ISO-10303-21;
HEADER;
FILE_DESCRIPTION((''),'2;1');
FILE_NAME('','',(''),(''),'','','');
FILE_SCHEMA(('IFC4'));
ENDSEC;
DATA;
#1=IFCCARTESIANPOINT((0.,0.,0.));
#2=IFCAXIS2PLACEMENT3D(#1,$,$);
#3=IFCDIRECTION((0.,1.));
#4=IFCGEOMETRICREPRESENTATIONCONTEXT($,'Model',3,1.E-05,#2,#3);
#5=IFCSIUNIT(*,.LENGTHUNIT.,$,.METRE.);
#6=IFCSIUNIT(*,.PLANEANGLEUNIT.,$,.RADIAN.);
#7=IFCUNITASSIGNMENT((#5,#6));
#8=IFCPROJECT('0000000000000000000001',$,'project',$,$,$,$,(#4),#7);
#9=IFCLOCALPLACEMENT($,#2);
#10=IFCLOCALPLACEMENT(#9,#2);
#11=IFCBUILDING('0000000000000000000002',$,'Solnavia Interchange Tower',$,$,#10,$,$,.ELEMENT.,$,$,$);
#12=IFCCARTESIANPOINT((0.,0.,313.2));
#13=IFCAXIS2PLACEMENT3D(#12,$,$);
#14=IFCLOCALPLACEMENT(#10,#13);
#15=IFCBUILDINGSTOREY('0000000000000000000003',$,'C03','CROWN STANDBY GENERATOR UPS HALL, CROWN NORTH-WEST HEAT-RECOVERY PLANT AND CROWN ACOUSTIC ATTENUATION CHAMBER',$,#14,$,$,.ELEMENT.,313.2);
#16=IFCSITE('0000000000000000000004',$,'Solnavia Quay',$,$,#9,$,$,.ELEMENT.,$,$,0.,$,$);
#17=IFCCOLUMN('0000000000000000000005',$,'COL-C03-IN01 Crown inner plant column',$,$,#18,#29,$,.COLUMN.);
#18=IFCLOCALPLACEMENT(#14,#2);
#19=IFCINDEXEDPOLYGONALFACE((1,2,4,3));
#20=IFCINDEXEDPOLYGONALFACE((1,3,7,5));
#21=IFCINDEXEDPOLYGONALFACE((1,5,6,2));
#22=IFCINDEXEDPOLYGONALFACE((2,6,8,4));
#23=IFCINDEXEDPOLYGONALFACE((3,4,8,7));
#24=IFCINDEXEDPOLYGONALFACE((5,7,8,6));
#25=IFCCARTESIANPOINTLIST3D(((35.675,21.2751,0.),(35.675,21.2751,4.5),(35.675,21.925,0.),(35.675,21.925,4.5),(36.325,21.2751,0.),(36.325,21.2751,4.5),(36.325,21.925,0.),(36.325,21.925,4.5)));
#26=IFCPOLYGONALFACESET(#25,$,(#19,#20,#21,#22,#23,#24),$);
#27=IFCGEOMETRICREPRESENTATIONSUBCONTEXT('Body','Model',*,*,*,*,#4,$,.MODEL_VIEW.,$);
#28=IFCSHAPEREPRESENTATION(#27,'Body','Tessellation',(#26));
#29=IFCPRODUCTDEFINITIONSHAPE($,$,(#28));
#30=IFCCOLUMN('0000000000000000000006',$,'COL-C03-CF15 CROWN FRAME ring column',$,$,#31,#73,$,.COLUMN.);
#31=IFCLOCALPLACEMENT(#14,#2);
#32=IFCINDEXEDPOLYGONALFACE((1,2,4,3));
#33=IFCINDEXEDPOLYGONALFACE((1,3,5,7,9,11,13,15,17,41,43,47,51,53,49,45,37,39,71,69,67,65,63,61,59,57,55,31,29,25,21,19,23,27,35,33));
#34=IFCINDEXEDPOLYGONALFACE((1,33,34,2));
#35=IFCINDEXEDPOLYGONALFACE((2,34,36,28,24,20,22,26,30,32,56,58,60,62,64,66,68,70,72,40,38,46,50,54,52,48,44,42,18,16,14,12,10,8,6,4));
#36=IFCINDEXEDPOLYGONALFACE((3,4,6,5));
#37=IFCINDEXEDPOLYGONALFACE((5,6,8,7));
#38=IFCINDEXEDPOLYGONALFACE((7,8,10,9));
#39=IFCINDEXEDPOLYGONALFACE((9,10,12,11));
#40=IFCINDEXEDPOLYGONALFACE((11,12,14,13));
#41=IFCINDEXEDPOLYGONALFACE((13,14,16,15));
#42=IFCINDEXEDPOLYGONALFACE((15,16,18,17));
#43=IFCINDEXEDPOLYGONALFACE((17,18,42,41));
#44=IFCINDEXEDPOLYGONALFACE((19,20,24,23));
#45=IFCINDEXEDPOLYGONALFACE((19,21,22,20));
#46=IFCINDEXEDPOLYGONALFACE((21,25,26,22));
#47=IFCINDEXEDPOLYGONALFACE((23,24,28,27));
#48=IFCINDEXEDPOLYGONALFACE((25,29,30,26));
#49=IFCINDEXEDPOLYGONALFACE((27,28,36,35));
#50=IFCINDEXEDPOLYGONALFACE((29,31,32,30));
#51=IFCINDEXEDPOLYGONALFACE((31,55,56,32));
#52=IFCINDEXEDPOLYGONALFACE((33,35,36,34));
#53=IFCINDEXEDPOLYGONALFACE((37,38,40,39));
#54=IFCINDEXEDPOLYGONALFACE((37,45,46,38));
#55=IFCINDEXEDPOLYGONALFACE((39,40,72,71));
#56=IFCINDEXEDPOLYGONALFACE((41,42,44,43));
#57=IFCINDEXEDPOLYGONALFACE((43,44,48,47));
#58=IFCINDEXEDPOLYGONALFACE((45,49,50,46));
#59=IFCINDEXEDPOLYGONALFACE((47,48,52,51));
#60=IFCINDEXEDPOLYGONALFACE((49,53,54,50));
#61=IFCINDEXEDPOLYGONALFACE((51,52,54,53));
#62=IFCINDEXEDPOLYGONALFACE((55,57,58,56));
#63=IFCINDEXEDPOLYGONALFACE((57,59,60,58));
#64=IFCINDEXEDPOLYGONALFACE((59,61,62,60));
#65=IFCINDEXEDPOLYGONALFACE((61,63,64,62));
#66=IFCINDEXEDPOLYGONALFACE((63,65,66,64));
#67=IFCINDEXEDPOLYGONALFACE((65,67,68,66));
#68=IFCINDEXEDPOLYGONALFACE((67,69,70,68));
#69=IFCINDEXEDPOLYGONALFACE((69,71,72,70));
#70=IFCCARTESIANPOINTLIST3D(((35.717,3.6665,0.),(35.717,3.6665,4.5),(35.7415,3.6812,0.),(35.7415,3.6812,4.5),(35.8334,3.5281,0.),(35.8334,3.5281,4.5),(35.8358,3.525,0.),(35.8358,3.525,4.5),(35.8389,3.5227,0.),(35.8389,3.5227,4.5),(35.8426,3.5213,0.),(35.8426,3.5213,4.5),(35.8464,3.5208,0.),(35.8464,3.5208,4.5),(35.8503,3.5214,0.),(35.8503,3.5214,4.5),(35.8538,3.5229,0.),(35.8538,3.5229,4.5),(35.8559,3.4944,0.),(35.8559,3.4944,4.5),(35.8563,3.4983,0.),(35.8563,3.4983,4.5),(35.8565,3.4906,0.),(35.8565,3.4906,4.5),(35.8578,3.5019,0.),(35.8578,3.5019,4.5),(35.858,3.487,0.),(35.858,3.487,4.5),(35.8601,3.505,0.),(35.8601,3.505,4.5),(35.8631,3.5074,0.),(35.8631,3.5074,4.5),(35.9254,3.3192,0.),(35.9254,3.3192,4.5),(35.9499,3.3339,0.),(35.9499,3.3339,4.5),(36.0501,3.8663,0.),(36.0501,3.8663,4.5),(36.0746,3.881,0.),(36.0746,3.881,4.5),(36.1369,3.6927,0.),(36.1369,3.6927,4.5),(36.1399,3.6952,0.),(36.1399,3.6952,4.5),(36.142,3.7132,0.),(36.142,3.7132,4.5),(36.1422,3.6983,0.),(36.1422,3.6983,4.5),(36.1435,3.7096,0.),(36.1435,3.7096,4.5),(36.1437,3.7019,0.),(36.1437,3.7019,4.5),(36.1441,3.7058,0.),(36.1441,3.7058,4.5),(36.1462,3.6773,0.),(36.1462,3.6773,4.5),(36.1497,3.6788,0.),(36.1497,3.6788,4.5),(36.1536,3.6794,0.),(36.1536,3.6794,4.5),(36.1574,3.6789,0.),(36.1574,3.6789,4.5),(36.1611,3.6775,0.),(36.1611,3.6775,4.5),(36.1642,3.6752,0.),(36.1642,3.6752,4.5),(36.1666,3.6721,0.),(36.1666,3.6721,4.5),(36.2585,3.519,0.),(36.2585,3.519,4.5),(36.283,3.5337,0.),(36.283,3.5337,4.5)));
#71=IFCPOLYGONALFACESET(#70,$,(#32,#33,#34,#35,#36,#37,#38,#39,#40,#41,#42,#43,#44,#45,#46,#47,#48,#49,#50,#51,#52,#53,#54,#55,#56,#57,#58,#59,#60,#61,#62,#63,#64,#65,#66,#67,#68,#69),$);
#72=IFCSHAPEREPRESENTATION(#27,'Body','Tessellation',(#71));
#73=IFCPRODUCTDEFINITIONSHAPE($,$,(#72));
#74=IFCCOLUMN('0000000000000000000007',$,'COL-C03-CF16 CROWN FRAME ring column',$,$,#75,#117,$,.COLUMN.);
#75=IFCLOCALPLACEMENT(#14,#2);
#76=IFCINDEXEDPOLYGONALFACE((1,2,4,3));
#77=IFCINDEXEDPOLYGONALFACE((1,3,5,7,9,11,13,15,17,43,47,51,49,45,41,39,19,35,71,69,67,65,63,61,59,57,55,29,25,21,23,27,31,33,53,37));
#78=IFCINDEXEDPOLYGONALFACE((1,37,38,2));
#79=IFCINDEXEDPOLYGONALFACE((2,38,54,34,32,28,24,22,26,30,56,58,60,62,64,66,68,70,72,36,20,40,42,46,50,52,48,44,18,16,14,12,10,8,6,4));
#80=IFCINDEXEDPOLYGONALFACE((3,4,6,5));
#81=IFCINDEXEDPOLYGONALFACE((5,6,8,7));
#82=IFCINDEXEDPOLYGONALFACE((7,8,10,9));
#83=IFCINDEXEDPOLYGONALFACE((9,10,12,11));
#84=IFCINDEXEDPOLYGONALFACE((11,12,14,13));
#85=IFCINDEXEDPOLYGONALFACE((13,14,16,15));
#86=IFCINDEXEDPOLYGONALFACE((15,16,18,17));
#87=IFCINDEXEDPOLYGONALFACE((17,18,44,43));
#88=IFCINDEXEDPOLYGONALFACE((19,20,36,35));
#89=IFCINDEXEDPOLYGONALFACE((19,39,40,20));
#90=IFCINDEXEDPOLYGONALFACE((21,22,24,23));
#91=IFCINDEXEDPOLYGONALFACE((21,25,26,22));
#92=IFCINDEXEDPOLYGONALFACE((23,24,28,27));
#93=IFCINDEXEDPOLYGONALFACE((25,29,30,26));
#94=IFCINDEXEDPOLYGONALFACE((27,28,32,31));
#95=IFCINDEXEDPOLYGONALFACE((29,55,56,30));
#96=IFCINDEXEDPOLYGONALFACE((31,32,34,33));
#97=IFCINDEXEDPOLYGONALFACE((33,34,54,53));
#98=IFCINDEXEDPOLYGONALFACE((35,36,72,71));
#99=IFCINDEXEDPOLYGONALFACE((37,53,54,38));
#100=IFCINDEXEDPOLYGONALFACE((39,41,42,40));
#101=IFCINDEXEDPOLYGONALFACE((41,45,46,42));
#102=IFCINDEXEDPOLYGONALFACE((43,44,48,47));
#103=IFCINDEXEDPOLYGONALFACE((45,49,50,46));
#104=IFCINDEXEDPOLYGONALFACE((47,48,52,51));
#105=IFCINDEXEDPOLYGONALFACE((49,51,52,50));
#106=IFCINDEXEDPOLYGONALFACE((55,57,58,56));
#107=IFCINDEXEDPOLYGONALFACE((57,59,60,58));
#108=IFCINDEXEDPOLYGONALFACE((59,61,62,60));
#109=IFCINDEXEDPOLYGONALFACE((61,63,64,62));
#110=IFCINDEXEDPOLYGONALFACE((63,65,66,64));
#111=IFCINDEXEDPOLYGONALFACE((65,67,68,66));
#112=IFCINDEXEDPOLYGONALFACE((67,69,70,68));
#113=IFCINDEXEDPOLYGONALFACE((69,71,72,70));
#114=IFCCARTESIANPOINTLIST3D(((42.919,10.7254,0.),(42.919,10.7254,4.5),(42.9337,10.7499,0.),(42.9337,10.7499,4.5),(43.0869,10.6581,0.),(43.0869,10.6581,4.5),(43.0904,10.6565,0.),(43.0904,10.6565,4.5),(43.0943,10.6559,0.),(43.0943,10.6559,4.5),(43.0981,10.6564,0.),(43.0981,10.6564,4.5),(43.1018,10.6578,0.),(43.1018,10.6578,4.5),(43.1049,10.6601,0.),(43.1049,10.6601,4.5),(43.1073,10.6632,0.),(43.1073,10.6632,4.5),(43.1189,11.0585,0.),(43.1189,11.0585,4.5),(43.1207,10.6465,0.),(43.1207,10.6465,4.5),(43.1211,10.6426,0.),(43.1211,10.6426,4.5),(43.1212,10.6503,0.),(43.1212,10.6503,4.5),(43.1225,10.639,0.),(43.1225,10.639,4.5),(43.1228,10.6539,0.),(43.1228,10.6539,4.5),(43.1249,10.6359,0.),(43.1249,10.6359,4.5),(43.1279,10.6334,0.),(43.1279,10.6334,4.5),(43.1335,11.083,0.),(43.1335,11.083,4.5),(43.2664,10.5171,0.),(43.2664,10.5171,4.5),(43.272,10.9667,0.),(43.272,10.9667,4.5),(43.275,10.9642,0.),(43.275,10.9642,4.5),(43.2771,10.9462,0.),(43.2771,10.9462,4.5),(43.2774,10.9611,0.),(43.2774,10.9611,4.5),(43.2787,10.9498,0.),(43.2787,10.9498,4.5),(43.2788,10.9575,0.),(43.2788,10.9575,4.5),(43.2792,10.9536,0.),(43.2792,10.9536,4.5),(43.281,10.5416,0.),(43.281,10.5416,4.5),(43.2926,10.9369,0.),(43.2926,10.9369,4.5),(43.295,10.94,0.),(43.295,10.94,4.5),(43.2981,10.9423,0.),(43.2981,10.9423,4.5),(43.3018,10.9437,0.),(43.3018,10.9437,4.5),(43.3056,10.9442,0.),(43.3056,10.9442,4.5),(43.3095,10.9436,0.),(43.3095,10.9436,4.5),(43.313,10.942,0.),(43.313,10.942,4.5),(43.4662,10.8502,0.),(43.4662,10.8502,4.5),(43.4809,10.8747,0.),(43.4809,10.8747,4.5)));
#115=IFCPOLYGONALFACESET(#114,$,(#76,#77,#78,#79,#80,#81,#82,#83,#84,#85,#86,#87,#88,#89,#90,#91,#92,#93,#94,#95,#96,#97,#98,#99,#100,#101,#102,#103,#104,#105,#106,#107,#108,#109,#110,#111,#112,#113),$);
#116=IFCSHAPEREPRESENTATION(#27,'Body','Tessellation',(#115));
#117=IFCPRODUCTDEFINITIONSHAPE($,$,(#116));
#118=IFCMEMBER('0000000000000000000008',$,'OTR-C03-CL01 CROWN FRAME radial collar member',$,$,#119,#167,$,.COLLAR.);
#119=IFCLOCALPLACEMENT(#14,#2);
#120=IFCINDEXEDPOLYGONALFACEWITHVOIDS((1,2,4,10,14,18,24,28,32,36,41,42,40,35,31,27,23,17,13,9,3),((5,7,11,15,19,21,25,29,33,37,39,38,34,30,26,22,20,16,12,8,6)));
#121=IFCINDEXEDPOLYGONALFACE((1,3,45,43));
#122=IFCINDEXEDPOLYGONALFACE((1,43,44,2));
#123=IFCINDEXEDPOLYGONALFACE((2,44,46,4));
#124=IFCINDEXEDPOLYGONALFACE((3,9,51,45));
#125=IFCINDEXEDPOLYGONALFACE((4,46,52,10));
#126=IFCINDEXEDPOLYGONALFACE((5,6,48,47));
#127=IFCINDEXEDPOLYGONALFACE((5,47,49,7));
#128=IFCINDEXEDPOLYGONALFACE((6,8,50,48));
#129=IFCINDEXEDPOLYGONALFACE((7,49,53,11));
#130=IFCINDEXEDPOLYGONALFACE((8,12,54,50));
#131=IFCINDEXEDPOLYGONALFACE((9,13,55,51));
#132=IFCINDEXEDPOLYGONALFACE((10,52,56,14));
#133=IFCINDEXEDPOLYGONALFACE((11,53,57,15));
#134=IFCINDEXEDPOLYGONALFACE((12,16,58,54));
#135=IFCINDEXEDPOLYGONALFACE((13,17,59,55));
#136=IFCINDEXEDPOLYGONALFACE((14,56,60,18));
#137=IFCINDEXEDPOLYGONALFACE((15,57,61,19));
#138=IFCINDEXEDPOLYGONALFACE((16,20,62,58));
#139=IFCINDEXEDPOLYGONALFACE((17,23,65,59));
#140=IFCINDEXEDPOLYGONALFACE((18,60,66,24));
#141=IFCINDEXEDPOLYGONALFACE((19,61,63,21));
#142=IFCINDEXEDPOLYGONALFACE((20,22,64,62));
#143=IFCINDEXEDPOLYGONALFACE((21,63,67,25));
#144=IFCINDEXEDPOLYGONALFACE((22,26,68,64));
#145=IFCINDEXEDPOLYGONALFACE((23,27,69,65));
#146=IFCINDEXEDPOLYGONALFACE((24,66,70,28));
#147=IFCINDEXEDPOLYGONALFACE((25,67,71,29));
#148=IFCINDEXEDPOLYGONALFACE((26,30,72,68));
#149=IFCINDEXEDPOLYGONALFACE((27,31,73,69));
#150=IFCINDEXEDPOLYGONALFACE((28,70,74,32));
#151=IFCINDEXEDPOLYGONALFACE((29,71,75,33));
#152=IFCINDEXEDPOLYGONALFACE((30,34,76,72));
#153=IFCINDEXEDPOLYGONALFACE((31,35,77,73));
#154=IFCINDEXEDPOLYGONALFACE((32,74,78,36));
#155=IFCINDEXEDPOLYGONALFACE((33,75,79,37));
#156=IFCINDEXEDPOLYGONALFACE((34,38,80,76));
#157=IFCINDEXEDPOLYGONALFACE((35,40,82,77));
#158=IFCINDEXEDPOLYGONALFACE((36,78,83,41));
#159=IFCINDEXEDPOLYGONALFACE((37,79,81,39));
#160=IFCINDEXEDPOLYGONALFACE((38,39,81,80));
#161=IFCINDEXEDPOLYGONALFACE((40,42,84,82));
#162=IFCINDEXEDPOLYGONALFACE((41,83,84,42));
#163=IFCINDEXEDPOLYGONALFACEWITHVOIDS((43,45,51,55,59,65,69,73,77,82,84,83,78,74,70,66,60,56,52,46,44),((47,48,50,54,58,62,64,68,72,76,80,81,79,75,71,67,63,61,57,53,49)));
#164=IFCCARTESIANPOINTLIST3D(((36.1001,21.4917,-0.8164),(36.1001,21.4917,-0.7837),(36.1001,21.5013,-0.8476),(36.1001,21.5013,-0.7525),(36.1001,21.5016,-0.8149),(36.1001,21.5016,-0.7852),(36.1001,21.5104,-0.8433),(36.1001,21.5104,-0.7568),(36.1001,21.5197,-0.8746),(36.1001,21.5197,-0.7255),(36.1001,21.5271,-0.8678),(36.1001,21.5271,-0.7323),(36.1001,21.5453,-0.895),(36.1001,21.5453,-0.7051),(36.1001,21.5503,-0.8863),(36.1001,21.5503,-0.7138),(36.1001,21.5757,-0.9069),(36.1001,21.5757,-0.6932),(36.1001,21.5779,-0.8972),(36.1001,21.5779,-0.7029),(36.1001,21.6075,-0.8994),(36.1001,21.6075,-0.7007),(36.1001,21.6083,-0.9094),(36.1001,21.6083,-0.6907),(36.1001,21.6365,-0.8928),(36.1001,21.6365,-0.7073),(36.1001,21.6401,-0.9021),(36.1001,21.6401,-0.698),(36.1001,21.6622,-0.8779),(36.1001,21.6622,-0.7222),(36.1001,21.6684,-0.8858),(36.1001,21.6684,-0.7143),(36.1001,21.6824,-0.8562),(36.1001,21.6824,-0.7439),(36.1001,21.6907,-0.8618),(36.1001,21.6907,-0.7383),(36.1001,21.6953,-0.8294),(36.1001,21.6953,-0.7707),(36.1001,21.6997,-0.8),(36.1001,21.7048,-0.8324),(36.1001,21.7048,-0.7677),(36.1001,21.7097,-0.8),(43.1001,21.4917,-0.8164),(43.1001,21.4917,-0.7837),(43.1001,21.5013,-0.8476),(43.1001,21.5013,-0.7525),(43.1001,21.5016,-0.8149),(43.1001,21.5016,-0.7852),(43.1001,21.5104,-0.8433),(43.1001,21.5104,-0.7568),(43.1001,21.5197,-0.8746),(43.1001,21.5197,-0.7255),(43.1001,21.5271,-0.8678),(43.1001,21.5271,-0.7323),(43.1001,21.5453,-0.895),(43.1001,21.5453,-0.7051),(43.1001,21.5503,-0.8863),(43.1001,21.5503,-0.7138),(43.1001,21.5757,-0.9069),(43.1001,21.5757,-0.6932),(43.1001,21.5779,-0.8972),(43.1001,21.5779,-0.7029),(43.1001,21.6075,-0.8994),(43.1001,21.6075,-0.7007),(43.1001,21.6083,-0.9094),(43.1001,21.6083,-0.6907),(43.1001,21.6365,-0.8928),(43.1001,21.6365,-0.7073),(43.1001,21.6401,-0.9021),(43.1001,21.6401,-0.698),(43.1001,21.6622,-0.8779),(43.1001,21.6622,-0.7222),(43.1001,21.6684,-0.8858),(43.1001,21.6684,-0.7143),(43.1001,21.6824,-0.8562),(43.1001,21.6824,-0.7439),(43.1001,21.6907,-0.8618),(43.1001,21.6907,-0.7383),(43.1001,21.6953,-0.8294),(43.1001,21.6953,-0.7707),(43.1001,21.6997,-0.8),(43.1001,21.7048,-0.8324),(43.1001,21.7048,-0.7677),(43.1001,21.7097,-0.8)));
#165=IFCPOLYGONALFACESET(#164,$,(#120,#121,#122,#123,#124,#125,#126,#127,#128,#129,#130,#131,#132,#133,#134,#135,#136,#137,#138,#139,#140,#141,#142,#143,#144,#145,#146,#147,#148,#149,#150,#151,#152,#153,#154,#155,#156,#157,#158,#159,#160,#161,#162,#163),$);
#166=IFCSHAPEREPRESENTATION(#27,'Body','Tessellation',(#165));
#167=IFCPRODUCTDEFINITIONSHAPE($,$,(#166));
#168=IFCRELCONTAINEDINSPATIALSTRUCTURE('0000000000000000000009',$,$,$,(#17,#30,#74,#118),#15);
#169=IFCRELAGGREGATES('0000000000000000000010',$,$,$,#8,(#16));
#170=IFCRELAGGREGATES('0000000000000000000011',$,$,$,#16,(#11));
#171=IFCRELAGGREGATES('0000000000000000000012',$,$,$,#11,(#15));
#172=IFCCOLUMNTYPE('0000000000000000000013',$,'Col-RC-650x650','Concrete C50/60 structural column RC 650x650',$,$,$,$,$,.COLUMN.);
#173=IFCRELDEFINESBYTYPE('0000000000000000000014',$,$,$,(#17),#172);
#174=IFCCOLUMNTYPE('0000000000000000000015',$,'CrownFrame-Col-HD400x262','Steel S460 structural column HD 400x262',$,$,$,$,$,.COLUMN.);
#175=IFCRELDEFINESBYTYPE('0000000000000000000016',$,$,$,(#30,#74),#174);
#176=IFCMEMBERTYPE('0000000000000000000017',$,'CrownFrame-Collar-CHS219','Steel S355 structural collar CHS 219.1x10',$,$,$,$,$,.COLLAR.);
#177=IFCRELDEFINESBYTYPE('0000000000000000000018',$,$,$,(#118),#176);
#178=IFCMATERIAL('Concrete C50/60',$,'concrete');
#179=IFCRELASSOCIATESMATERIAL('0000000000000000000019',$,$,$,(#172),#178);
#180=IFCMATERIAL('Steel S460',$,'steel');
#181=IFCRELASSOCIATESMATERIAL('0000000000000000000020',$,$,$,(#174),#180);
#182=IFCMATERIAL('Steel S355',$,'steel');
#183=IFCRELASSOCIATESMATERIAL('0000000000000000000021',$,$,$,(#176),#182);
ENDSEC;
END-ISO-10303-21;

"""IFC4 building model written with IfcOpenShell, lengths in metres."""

from ifc_helpers import new_model, si_unit, direction, frame, origin, origin_2d, place, context, subcontext, project, spatial, rectangle, hollow_circle, i_section, extrude, material, material_profile, profile_set, type_object, element, save


model = new_model("IFC4")

# Units and contexts
model_context = context("Model", 3, precision=1e-05, world=origin(), true_north=direction((0.0, 1.0)))
body_context = subcontext(model_context, "Body", "Model", "MODEL_VIEW")
ifc_project = project(units=[si_unit("LENGTHUNIT", "METRE"), si_unit("PLANEANGLEUNIT", "RADIAN")], contexts=[model_context])

# Site, building, storey
site_placement = place(None, origin())
site = spatial("IfcSite", under=ifc_project, at=site_placement, Name="Solnavia Quay", CompositionType="ELEMENT", RefElevation=0.0)
building_placement = place(site_placement, origin())
building = spatial("IfcBuilding", under=site, at=building_placement, Name="Solnavia Interchange Tower", CompositionType="ELEMENT")
storey_placement = place(building_placement, frame((0.0, 0.0, 313.2)))
storey = spatial("IfcBuildingStorey", under=building, at=storey_placement, Name="C03", Description="CROWN STANDBY GENERATOR UPS HALL, CROWN NORTH-WEST HEAT-RECOVERY PLANT AND CROWN ACOUSTIC ATTENUATION CHAMBER", CompositionType="ELEMENT", Elevation=313.2)

# Columns
ifc_material_1 = material(Name="Concrete C50/60", Category="concrete")
ifc_material_profile_1 = material_profile(ifc_material_1, rectangle(XDim=0.6499, YDim=0.6499, at=origin_2d()), Name="RC 650x650")
ifc_profile_set_1 = profile_set([ifc_material_profile_1], Name="Concrete C50/60")
column_type_1 = type_object("IfcColumnType", Name="Col-RC-650x650", Description="Concrete C50/60 structural column RC 650x650", PredefinedType="COLUMN", material=ifc_profile_set_1)
column_placement = place(storey_placement, frame((36.0, 21.6001, 0.0), z_axis=(0.0, 0.0, 1.0), x_axis=(1.0, 0.0, 0.0)))
element("IfcColumn", 1, at=column_placement, inside=storey, type_object=column_type_1, Name="COL-C03-IN01 Crown inner plant column", PredefinedType="COLUMN", context=body_context, shape_type="SweptSolid", body=[
    extrude(rectangle(XDim=0.6499, YDim=0.6499, at=origin_2d()), origin(), (0.0, 0.0, 1.0), 4.5),
])
ifc_material_2 = material(Name="Steel S460", Category="steel")
ifc_material_profile_2 = material_profile(ifc_material_2, i_section(OverallWidth=0.405, OverallDepth=0.417, WebThickness=0.0181, FlangeThickness=0.0286, FilletRadius=0.0149, at=origin_2d()), Name="HD 400x262")
ifc_profile_set_2 = profile_set([ifc_material_profile_2], Name="Steel S460")
column_type_2 = type_object("IfcColumnType", Name="CrownFrame-Col-HD400x262", Description="Steel S460 structural column HD 400x262", PredefinedType="COLUMN", material=ifc_profile_set_2)
for number, where, z_axis, x_axis, name in (
    (2, (36.0, 3.6001, 0.0), (0.0, 0.0, 1.0), (0.51444, -0.857527, 0.0), "COL-C03-CF15 CROWN FRAME ring column"),
    (3, (43.2, 10.8, 0.0), (0.0, 0.0, 1.0), (0.857527, -0.51444, 0.0), "COL-C03-CF16 CROWN FRAME ring column"),
):
    element("IfcColumn", number, at=place(storey_placement, frame(where, z_axis=z_axis, x_axis=x_axis)), inside=storey, type_object=column_type_2, Name=name, PredefinedType="COLUMN", context=body_context, shape_type="SweptSolid", body=[
        extrude(i_section(OverallWidth=0.405, OverallDepth=0.417, WebThickness=0.0181, FlangeThickness=0.0286, FilletRadius=0.0149, at=origin_2d()), origin(), (0.0, 0.0, 1.0), 4.5),
    ])

# Member
ifc_material_3 = material(Name="Steel S355", Category="steel")
ifc_material_profile_3 = material_profile(ifc_material_3, hollow_circle(Radius=0.1096, WallThickness=0.01, at=origin_2d()), Name="CHS 219.1x10")
ifc_profile_set_3 = profile_set([ifc_material_profile_3], Name="Steel S355")
member_type = type_object("IfcMemberType", Name="CrownFrame-Collar-CHS219", Description="Steel S355 structural collar CHS 219.1x10", PredefinedType="COLLAR", material=ifc_profile_set_3)
member_placement = place(storey_placement, frame((36.1001, 21.6001, -0.8), z_axis=(1.0, 0.0, 0.0), x_axis=(0.0, 1.0, 0.0)))
element("IfcMember", 4, at=member_placement, inside=storey, type_object=member_type, Name="OTR-C03-CL01 CROWN FRAME radial collar member", PredefinedType="COLLAR", context=body_context, shape_type="SweptSolid", body=[
    extrude(hollow_circle(Radius=0.1096, WallThickness=0.01, at=origin_2d()), origin(), (0.0, 0.0, 1.0), 7.0),
])

save(model, "model.ifc")
